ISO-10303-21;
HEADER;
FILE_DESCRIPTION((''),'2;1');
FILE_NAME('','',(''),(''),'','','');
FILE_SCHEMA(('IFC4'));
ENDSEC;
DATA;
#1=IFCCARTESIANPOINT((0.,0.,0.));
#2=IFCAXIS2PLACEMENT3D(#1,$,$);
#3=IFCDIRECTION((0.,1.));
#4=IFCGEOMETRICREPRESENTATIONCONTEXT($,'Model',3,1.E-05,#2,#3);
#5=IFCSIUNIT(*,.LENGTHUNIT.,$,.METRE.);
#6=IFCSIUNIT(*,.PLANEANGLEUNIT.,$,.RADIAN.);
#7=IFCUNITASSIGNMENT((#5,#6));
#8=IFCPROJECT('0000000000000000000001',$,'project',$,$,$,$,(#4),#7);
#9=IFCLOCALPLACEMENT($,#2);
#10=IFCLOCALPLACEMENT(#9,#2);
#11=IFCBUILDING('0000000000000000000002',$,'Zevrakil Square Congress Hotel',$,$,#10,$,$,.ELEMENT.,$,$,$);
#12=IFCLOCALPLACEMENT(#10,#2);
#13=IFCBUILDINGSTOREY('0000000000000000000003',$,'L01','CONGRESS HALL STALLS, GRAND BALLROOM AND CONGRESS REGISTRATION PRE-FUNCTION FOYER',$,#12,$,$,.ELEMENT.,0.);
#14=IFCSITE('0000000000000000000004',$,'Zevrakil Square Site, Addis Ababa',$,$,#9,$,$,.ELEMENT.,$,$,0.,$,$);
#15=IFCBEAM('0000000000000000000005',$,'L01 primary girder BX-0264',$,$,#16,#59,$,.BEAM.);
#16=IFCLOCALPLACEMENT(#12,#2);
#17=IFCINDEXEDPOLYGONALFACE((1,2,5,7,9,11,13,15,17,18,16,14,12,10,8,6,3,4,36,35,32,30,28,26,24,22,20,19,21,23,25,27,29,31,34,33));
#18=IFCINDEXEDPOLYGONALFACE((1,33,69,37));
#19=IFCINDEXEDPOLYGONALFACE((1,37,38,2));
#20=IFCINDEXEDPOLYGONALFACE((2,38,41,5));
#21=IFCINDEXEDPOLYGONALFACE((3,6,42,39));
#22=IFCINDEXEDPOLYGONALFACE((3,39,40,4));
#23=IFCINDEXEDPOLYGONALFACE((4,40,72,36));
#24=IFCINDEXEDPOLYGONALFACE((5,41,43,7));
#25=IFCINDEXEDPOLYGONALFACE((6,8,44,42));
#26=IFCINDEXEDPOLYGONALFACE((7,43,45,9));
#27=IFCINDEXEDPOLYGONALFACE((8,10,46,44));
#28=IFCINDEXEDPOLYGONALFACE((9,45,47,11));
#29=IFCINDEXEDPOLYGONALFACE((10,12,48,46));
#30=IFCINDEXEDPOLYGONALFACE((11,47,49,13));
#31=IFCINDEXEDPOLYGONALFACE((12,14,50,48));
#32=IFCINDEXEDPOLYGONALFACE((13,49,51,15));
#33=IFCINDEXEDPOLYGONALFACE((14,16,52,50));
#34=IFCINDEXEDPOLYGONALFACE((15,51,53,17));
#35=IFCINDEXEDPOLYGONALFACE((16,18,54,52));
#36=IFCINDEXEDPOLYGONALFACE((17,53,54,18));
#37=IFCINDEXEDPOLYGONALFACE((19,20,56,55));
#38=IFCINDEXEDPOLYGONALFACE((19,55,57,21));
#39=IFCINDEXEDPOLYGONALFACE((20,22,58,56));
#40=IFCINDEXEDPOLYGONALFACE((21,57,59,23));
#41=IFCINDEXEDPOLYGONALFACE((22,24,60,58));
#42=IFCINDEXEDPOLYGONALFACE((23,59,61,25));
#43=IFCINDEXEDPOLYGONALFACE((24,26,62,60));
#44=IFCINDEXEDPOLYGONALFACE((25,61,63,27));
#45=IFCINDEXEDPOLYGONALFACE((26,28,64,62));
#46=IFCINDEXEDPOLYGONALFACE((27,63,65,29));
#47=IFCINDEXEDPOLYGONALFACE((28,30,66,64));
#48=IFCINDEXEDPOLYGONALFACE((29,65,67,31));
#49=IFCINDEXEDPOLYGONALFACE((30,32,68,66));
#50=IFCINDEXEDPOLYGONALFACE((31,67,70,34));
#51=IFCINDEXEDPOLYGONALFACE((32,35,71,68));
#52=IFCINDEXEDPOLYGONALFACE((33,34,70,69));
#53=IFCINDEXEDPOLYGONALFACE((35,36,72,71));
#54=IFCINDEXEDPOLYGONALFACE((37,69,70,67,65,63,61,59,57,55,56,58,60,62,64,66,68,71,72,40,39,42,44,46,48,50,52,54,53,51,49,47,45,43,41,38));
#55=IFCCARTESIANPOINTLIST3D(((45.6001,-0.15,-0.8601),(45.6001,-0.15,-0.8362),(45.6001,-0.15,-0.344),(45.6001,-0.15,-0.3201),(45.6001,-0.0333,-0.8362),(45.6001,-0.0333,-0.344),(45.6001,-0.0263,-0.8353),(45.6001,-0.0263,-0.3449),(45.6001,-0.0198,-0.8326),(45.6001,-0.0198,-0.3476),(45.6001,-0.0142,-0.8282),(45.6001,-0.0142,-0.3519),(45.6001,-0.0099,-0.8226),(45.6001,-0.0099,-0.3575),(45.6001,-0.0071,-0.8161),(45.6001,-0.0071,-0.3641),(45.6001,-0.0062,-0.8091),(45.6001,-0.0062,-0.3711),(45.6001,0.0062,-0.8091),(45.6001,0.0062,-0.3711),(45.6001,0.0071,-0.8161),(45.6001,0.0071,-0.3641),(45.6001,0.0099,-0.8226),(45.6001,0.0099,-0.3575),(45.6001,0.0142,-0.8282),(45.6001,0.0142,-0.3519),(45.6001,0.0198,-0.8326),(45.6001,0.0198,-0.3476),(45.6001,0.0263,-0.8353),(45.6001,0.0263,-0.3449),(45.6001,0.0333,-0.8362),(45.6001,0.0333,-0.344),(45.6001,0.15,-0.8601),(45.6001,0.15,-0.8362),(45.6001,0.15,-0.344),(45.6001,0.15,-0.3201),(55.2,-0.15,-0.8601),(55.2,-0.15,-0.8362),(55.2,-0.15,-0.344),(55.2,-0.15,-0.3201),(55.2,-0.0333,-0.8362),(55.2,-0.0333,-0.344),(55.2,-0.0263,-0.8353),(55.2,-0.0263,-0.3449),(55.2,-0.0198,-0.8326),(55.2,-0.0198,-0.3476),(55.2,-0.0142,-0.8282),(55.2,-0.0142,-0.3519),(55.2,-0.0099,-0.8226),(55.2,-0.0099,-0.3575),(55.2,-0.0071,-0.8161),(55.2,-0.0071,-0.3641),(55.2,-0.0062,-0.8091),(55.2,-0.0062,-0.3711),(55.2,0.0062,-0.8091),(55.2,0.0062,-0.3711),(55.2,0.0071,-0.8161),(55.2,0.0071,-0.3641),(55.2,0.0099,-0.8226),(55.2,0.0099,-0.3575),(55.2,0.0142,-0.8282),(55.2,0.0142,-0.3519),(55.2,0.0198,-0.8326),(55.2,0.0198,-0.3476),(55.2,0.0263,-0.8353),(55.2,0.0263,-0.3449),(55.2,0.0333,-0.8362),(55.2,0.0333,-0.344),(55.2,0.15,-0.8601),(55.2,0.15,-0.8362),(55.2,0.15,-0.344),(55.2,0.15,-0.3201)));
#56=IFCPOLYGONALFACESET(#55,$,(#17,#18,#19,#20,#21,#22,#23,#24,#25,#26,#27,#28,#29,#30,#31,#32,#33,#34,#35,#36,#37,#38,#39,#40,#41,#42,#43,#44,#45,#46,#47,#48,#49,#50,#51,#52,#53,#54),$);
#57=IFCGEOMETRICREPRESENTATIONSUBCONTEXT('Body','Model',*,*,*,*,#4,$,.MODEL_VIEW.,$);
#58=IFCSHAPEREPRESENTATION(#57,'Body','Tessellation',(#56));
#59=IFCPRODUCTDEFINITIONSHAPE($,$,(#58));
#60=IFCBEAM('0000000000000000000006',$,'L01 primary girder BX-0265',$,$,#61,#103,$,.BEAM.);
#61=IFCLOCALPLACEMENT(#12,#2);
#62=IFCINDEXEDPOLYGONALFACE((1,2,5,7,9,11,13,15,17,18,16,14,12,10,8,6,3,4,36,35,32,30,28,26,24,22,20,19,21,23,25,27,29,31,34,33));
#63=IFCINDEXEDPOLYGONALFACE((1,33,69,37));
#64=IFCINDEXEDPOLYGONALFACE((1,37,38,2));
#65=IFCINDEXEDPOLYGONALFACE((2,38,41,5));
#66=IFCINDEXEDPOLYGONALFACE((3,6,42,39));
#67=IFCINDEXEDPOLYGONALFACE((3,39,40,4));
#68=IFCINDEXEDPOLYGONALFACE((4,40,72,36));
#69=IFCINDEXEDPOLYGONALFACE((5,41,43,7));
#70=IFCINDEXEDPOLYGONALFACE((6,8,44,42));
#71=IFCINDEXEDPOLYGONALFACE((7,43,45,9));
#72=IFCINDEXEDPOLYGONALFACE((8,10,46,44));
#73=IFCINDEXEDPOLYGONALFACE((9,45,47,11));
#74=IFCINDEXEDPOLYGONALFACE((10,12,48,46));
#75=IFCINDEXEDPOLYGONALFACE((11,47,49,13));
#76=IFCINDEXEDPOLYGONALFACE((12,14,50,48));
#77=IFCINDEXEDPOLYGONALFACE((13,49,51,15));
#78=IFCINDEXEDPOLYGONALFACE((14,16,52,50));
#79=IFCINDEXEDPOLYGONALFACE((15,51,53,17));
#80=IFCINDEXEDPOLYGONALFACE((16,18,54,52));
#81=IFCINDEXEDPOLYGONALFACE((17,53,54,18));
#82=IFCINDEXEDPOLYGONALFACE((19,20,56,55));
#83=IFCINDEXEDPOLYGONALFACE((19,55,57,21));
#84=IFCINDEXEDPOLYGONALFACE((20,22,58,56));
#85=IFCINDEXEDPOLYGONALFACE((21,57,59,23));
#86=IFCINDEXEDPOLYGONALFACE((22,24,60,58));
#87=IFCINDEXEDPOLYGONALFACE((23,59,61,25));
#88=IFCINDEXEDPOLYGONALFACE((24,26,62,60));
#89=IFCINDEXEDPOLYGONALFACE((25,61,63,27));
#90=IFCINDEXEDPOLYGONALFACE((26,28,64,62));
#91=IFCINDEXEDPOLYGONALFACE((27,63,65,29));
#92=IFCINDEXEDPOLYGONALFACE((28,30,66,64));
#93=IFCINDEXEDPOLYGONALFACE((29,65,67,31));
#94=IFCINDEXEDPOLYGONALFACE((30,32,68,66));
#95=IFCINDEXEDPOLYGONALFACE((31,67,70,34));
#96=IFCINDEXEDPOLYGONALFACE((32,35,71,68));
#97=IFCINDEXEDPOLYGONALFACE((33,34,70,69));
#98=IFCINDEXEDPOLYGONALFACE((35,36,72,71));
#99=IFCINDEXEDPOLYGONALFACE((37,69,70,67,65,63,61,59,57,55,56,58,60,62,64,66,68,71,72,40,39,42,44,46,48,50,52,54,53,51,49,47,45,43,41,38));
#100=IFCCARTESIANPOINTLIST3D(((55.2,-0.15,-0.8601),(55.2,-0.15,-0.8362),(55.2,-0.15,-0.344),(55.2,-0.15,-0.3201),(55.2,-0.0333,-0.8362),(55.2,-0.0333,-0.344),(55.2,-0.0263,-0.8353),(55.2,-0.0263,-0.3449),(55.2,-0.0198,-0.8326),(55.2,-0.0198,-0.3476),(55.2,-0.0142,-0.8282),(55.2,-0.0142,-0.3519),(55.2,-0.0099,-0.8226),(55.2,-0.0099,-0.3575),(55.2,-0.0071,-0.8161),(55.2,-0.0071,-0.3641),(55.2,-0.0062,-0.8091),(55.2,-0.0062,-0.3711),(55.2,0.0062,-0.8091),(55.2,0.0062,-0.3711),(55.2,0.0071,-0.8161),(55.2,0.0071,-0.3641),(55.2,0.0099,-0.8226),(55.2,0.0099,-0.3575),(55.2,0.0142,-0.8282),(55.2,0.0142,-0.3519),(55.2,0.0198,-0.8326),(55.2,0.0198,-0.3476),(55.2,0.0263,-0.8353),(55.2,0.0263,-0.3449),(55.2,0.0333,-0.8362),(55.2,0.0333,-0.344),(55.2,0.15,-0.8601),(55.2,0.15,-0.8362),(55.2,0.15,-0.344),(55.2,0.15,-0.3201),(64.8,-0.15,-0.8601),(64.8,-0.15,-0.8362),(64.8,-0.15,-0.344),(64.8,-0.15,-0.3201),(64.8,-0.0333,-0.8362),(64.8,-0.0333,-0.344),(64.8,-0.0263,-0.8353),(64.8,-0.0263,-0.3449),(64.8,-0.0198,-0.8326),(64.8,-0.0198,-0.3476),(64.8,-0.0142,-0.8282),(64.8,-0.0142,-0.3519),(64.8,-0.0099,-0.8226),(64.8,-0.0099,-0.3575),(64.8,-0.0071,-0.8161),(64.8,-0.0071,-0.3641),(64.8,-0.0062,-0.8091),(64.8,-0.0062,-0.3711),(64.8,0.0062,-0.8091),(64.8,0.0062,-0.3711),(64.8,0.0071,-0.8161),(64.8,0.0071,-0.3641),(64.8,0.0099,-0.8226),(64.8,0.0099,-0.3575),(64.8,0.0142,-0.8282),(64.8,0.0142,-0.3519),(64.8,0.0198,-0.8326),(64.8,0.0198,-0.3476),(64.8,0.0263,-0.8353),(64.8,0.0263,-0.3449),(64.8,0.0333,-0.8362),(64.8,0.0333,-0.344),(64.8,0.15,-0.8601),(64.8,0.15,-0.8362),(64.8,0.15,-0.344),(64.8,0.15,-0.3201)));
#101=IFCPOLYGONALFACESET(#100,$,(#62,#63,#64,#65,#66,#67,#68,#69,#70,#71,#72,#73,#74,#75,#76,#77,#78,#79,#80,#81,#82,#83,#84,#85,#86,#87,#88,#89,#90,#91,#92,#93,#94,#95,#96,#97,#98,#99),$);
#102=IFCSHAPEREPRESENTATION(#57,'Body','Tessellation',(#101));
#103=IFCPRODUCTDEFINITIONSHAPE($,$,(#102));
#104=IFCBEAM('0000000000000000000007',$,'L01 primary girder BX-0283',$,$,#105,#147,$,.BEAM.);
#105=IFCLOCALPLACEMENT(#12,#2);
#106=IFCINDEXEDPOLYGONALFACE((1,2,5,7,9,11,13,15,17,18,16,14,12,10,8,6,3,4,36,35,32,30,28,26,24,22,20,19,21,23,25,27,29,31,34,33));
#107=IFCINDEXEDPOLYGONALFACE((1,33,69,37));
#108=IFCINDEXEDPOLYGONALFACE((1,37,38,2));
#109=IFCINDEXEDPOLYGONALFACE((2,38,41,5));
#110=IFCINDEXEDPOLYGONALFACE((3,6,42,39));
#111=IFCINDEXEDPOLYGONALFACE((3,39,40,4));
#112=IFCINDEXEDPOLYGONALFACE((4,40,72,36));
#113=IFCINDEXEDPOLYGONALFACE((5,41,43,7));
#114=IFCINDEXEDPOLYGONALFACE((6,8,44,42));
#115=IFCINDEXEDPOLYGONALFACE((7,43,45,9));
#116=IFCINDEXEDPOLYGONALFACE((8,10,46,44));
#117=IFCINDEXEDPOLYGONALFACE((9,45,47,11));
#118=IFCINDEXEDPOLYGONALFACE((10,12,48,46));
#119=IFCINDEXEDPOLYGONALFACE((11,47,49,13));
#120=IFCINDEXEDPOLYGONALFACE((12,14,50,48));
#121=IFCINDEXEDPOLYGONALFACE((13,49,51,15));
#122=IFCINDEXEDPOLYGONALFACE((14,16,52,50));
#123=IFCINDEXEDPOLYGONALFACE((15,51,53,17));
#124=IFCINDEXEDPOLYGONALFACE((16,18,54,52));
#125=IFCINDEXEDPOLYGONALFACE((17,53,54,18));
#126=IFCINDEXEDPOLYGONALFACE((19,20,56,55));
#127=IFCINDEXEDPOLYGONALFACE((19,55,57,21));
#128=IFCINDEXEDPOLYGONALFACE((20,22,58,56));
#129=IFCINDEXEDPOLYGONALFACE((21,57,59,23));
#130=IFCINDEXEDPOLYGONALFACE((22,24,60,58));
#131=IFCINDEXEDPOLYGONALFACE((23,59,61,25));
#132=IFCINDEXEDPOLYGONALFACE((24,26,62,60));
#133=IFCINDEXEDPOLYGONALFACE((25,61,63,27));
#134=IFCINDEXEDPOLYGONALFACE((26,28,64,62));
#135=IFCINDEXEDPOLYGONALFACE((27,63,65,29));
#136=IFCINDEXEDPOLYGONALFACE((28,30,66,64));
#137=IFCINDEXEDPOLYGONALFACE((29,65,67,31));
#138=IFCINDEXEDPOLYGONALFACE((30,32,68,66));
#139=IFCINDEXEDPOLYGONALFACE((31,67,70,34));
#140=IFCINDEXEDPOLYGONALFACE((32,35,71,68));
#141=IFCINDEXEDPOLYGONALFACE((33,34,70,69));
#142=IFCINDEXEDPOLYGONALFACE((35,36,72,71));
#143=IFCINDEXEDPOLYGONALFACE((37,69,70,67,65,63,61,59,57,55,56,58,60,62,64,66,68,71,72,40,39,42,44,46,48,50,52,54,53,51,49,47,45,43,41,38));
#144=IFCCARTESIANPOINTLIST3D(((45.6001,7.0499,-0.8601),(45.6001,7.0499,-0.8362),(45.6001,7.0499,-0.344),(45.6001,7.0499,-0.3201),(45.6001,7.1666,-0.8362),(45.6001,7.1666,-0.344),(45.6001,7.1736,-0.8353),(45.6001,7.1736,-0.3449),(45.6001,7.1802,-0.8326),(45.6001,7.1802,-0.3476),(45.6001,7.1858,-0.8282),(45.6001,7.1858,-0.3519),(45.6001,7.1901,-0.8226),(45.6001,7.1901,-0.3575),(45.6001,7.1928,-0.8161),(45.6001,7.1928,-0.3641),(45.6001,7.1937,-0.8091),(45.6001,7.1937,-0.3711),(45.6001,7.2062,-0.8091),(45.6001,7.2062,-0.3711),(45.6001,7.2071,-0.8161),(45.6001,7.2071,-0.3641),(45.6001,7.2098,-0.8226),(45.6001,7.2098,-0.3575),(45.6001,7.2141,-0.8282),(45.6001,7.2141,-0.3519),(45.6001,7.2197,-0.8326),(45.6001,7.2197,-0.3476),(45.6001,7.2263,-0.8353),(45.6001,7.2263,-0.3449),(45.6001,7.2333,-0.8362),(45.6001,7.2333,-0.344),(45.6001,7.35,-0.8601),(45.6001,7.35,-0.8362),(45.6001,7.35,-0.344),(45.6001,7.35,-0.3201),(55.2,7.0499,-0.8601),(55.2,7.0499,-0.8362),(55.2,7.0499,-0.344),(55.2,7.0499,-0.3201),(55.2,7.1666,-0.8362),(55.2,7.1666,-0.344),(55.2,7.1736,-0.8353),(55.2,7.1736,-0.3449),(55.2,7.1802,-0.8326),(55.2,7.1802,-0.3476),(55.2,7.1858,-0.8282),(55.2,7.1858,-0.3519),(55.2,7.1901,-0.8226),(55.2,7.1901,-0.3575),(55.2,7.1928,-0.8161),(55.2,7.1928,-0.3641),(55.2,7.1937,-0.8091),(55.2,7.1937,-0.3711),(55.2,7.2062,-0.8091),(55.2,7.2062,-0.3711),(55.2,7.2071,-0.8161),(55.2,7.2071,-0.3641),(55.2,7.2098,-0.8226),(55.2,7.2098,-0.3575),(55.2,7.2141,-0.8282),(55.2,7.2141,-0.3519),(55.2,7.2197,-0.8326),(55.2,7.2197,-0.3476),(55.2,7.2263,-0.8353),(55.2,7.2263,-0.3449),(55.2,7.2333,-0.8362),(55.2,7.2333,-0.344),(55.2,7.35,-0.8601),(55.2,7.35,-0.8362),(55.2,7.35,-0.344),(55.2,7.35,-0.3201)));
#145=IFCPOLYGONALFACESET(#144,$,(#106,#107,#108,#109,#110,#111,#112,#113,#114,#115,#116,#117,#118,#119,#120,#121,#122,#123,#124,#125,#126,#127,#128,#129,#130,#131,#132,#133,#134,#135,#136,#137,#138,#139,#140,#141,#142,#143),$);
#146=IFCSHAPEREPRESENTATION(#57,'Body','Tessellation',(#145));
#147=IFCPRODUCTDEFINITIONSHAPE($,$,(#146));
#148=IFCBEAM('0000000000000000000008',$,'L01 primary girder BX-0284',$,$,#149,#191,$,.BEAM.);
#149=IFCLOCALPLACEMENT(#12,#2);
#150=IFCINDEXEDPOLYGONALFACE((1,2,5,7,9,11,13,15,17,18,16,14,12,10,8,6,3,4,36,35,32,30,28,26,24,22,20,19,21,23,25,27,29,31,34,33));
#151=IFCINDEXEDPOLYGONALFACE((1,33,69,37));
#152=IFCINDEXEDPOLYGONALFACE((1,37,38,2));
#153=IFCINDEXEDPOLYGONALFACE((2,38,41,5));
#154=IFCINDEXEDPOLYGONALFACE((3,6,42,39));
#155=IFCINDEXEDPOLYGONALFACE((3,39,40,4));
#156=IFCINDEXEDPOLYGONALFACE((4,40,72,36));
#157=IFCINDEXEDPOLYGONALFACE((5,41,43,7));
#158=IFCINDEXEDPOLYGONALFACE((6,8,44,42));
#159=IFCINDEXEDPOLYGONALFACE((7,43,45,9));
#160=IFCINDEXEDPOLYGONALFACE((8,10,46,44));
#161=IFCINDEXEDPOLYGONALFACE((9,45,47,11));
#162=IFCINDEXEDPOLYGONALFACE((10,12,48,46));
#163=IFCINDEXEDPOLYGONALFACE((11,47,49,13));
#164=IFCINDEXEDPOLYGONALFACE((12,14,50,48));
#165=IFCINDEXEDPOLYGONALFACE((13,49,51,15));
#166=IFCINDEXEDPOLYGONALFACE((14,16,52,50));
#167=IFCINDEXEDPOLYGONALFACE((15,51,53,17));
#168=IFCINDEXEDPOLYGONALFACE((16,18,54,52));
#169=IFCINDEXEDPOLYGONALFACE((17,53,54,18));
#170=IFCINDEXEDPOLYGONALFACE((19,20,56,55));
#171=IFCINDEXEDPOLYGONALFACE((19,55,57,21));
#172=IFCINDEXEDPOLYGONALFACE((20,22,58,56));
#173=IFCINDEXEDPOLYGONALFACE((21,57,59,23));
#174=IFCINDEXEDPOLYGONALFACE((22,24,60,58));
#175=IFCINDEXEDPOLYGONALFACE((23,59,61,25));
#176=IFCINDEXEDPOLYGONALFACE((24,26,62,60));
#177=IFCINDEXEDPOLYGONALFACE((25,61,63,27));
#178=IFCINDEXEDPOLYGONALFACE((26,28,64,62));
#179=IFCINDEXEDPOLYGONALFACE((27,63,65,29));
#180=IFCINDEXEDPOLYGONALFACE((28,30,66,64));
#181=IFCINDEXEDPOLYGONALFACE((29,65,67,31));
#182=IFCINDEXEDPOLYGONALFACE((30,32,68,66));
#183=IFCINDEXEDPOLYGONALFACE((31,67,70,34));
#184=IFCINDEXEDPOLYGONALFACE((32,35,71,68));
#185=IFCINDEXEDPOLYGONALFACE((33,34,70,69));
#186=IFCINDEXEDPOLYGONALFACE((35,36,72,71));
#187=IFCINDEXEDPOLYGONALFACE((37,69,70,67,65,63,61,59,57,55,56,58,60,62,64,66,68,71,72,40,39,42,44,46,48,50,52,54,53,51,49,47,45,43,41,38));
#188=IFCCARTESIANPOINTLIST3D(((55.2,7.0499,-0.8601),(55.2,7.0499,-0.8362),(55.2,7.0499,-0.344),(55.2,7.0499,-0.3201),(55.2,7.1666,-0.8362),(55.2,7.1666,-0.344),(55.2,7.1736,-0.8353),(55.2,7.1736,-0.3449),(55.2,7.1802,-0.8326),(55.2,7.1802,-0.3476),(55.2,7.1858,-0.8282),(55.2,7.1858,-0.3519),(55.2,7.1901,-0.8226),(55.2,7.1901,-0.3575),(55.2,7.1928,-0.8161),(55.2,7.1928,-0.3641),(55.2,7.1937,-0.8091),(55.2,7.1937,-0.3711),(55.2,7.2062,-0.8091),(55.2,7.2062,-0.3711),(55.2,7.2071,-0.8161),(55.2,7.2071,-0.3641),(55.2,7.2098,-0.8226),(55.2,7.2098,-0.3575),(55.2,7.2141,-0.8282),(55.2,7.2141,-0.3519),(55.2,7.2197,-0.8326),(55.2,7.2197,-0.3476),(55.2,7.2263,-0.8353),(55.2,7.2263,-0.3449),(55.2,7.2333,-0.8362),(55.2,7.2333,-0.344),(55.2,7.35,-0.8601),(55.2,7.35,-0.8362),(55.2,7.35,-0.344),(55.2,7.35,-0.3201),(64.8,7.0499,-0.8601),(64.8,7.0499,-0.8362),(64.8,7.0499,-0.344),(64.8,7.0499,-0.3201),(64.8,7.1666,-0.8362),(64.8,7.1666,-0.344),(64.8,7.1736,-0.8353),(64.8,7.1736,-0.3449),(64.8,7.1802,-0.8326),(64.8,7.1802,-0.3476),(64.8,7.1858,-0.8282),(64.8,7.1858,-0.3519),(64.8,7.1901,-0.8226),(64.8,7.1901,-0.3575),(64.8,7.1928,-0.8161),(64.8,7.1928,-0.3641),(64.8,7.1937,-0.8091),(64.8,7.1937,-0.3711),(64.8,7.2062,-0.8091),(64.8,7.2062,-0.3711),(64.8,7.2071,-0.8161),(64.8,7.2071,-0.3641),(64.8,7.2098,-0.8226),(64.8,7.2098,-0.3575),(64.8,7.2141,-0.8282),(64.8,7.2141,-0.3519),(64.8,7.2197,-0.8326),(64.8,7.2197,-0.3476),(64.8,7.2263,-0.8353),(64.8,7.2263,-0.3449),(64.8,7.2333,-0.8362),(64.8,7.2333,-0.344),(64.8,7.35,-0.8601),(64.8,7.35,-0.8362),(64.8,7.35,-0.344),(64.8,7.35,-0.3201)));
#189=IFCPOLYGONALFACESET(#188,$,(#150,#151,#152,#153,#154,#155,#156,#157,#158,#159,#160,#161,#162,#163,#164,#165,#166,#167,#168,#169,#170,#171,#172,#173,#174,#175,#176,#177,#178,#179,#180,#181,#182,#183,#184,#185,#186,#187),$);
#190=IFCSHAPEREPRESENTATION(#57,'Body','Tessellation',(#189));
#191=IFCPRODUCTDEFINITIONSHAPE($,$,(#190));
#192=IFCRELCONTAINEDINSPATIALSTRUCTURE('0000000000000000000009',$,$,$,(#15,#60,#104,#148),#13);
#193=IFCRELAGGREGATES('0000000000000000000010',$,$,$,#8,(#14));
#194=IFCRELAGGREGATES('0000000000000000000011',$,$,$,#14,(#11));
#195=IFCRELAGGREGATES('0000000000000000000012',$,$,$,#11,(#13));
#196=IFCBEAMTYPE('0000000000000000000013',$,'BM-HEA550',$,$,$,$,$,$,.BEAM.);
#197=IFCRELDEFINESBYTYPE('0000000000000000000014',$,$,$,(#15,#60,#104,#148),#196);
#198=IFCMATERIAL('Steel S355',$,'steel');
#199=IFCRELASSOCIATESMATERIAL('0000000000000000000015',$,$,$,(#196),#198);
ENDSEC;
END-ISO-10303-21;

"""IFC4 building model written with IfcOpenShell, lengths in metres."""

from ifc_helpers import new_model, si_unit, direction, frame, origin, origin_2d, place, context, subcontext, project, spatial, i_section, extrude, material, material_profile, profile_set, type_object, element, save


model = new_model("IFC4")

# Units and contexts
model_context = context("Model", 3, precision=1e-05, world=origin(), true_north=direction((0.0, 1.0)))
body_context = subcontext(model_context, "Body", "Model", "MODEL_VIEW")
ifc_project = project(units=[si_unit("LENGTHUNIT", "METRE"), si_unit("PLANEANGLEUNIT", "RADIAN")], contexts=[model_context])

# Site, building, storey
site_placement = place(None, origin())
site = spatial("IfcSite", under=ifc_project, at=site_placement, Name="Zevrakil Square Site, Addis Ababa", CompositionType="ELEMENT", RefElevation=0.0)
building_placement = place(site_placement, origin())
building = spatial("IfcBuilding", under=site, at=building_placement, Name="Zevrakil Square Congress Hotel", CompositionType="ELEMENT")
storey_placement = place(building_placement, origin())
storey = spatial("IfcBuildingStorey", under=building, at=storey_placement, Name="L01", Description="CONGRESS HALL STALLS, GRAND BALLROOM AND CONGRESS REGISTRATION PRE-FUNCTION FOYER", CompositionType="ELEMENT", Elevation=0.0)

# Beams
ifc_material_1 = material(Name="Steel S355", Category="steel")
ifc_material_profile_1 = material_profile(ifc_material_1, i_section(OverallWidth=0.3, OverallDepth=0.54, WebThickness=0.0125, FlangeThickness=0.0239, FilletRadius=0.0271, at=origin_2d()), Name="HEA 550")
ifc_profile_set_1 = profile_set([ifc_material_profile_1], Name="Steel S355")
beam_type_1 = type_object("IfcBeamType", Name="BM-HEA550", PredefinedType="BEAM", material=ifc_profile_set_1)
beam_1_placement = place(storey_placement, frame((45.6001, 0.0, -0.5901), z_axis=(1.0, 0.0, 0.0), x_axis=(0.0, 1.0, 0.0)))
element("IfcBeam", 1, at=beam_1_placement, inside=storey, type_object=beam_type_1, Name="L01 primary girder BX-0264", PredefinedType="BEAM", context=body_context, shape_type="SweptSolid", body=[
    extrude(i_section(OverallWidth=0.3, OverallDepth=0.54, WebThickness=0.0125, FlangeThickness=0.0239, FilletRadius=0.0271, at=origin_2d()), origin(), (0.0, 0.0, 1.0), 9.5999),
])
beam_2_placement = place(storey_placement, frame((55.2, 0.0, -0.5901), z_axis=(1.0, 0.0, 0.0), x_axis=(0.0, 1.0, 0.0)))
element("IfcBeam", 2, at=beam_2_placement, inside=storey, type_object=beam_type_1, Name="L01 primary girder BX-0265", PredefinedType="BEAM", context=body_context, shape_type="SweptSolid", body=[
    extrude(i_section(OverallWidth=0.3, OverallDepth=0.54, WebThickness=0.0125, FlangeThickness=0.0239, FilletRadius=0.0271, at=origin_2d()), origin(), (0.0, 0.0, 1.0), 9.6001),
])
beam_3_placement = place(storey_placement, frame((45.6001, 7.2, -0.5901), z_axis=(1.0, 0.0, 0.0), x_axis=(0.0, 1.0, 0.0)))
element("IfcBeam", 3, at=beam_3_placement, inside=storey, type_object=beam_type_1, Name="L01 primary girder BX-0283", PredefinedType="BEAM", context=body_context, shape_type="SweptSolid", body=[
    extrude(i_section(OverallWidth=0.3, OverallDepth=0.54, WebThickness=0.0125, FlangeThickness=0.0239, FilletRadius=0.0271, at=origin_2d()), origin(), (0.0, 0.0, 1.0), 9.5999),
])
beam_4_placement = place(storey_placement, frame((55.2, 7.2, -0.5901), z_axis=(1.0, 0.0, 0.0), x_axis=(0.0, 1.0, 0.0)))
element("IfcBeam", 4, at=beam_4_placement, inside=storey, type_object=beam_type_1, Name="L01 primary girder BX-0284", PredefinedType="BEAM", context=body_context, shape_type="SweptSolid", body=[
    extrude(i_section(OverallWidth=0.3, OverallDepth=0.54, WebThickness=0.0125, FlangeThickness=0.0239, FilletRadius=0.0271, at=origin_2d()), origin(), (0.0, 0.0, 1.0), 9.6001),
])

save(model, "model.ifc")
